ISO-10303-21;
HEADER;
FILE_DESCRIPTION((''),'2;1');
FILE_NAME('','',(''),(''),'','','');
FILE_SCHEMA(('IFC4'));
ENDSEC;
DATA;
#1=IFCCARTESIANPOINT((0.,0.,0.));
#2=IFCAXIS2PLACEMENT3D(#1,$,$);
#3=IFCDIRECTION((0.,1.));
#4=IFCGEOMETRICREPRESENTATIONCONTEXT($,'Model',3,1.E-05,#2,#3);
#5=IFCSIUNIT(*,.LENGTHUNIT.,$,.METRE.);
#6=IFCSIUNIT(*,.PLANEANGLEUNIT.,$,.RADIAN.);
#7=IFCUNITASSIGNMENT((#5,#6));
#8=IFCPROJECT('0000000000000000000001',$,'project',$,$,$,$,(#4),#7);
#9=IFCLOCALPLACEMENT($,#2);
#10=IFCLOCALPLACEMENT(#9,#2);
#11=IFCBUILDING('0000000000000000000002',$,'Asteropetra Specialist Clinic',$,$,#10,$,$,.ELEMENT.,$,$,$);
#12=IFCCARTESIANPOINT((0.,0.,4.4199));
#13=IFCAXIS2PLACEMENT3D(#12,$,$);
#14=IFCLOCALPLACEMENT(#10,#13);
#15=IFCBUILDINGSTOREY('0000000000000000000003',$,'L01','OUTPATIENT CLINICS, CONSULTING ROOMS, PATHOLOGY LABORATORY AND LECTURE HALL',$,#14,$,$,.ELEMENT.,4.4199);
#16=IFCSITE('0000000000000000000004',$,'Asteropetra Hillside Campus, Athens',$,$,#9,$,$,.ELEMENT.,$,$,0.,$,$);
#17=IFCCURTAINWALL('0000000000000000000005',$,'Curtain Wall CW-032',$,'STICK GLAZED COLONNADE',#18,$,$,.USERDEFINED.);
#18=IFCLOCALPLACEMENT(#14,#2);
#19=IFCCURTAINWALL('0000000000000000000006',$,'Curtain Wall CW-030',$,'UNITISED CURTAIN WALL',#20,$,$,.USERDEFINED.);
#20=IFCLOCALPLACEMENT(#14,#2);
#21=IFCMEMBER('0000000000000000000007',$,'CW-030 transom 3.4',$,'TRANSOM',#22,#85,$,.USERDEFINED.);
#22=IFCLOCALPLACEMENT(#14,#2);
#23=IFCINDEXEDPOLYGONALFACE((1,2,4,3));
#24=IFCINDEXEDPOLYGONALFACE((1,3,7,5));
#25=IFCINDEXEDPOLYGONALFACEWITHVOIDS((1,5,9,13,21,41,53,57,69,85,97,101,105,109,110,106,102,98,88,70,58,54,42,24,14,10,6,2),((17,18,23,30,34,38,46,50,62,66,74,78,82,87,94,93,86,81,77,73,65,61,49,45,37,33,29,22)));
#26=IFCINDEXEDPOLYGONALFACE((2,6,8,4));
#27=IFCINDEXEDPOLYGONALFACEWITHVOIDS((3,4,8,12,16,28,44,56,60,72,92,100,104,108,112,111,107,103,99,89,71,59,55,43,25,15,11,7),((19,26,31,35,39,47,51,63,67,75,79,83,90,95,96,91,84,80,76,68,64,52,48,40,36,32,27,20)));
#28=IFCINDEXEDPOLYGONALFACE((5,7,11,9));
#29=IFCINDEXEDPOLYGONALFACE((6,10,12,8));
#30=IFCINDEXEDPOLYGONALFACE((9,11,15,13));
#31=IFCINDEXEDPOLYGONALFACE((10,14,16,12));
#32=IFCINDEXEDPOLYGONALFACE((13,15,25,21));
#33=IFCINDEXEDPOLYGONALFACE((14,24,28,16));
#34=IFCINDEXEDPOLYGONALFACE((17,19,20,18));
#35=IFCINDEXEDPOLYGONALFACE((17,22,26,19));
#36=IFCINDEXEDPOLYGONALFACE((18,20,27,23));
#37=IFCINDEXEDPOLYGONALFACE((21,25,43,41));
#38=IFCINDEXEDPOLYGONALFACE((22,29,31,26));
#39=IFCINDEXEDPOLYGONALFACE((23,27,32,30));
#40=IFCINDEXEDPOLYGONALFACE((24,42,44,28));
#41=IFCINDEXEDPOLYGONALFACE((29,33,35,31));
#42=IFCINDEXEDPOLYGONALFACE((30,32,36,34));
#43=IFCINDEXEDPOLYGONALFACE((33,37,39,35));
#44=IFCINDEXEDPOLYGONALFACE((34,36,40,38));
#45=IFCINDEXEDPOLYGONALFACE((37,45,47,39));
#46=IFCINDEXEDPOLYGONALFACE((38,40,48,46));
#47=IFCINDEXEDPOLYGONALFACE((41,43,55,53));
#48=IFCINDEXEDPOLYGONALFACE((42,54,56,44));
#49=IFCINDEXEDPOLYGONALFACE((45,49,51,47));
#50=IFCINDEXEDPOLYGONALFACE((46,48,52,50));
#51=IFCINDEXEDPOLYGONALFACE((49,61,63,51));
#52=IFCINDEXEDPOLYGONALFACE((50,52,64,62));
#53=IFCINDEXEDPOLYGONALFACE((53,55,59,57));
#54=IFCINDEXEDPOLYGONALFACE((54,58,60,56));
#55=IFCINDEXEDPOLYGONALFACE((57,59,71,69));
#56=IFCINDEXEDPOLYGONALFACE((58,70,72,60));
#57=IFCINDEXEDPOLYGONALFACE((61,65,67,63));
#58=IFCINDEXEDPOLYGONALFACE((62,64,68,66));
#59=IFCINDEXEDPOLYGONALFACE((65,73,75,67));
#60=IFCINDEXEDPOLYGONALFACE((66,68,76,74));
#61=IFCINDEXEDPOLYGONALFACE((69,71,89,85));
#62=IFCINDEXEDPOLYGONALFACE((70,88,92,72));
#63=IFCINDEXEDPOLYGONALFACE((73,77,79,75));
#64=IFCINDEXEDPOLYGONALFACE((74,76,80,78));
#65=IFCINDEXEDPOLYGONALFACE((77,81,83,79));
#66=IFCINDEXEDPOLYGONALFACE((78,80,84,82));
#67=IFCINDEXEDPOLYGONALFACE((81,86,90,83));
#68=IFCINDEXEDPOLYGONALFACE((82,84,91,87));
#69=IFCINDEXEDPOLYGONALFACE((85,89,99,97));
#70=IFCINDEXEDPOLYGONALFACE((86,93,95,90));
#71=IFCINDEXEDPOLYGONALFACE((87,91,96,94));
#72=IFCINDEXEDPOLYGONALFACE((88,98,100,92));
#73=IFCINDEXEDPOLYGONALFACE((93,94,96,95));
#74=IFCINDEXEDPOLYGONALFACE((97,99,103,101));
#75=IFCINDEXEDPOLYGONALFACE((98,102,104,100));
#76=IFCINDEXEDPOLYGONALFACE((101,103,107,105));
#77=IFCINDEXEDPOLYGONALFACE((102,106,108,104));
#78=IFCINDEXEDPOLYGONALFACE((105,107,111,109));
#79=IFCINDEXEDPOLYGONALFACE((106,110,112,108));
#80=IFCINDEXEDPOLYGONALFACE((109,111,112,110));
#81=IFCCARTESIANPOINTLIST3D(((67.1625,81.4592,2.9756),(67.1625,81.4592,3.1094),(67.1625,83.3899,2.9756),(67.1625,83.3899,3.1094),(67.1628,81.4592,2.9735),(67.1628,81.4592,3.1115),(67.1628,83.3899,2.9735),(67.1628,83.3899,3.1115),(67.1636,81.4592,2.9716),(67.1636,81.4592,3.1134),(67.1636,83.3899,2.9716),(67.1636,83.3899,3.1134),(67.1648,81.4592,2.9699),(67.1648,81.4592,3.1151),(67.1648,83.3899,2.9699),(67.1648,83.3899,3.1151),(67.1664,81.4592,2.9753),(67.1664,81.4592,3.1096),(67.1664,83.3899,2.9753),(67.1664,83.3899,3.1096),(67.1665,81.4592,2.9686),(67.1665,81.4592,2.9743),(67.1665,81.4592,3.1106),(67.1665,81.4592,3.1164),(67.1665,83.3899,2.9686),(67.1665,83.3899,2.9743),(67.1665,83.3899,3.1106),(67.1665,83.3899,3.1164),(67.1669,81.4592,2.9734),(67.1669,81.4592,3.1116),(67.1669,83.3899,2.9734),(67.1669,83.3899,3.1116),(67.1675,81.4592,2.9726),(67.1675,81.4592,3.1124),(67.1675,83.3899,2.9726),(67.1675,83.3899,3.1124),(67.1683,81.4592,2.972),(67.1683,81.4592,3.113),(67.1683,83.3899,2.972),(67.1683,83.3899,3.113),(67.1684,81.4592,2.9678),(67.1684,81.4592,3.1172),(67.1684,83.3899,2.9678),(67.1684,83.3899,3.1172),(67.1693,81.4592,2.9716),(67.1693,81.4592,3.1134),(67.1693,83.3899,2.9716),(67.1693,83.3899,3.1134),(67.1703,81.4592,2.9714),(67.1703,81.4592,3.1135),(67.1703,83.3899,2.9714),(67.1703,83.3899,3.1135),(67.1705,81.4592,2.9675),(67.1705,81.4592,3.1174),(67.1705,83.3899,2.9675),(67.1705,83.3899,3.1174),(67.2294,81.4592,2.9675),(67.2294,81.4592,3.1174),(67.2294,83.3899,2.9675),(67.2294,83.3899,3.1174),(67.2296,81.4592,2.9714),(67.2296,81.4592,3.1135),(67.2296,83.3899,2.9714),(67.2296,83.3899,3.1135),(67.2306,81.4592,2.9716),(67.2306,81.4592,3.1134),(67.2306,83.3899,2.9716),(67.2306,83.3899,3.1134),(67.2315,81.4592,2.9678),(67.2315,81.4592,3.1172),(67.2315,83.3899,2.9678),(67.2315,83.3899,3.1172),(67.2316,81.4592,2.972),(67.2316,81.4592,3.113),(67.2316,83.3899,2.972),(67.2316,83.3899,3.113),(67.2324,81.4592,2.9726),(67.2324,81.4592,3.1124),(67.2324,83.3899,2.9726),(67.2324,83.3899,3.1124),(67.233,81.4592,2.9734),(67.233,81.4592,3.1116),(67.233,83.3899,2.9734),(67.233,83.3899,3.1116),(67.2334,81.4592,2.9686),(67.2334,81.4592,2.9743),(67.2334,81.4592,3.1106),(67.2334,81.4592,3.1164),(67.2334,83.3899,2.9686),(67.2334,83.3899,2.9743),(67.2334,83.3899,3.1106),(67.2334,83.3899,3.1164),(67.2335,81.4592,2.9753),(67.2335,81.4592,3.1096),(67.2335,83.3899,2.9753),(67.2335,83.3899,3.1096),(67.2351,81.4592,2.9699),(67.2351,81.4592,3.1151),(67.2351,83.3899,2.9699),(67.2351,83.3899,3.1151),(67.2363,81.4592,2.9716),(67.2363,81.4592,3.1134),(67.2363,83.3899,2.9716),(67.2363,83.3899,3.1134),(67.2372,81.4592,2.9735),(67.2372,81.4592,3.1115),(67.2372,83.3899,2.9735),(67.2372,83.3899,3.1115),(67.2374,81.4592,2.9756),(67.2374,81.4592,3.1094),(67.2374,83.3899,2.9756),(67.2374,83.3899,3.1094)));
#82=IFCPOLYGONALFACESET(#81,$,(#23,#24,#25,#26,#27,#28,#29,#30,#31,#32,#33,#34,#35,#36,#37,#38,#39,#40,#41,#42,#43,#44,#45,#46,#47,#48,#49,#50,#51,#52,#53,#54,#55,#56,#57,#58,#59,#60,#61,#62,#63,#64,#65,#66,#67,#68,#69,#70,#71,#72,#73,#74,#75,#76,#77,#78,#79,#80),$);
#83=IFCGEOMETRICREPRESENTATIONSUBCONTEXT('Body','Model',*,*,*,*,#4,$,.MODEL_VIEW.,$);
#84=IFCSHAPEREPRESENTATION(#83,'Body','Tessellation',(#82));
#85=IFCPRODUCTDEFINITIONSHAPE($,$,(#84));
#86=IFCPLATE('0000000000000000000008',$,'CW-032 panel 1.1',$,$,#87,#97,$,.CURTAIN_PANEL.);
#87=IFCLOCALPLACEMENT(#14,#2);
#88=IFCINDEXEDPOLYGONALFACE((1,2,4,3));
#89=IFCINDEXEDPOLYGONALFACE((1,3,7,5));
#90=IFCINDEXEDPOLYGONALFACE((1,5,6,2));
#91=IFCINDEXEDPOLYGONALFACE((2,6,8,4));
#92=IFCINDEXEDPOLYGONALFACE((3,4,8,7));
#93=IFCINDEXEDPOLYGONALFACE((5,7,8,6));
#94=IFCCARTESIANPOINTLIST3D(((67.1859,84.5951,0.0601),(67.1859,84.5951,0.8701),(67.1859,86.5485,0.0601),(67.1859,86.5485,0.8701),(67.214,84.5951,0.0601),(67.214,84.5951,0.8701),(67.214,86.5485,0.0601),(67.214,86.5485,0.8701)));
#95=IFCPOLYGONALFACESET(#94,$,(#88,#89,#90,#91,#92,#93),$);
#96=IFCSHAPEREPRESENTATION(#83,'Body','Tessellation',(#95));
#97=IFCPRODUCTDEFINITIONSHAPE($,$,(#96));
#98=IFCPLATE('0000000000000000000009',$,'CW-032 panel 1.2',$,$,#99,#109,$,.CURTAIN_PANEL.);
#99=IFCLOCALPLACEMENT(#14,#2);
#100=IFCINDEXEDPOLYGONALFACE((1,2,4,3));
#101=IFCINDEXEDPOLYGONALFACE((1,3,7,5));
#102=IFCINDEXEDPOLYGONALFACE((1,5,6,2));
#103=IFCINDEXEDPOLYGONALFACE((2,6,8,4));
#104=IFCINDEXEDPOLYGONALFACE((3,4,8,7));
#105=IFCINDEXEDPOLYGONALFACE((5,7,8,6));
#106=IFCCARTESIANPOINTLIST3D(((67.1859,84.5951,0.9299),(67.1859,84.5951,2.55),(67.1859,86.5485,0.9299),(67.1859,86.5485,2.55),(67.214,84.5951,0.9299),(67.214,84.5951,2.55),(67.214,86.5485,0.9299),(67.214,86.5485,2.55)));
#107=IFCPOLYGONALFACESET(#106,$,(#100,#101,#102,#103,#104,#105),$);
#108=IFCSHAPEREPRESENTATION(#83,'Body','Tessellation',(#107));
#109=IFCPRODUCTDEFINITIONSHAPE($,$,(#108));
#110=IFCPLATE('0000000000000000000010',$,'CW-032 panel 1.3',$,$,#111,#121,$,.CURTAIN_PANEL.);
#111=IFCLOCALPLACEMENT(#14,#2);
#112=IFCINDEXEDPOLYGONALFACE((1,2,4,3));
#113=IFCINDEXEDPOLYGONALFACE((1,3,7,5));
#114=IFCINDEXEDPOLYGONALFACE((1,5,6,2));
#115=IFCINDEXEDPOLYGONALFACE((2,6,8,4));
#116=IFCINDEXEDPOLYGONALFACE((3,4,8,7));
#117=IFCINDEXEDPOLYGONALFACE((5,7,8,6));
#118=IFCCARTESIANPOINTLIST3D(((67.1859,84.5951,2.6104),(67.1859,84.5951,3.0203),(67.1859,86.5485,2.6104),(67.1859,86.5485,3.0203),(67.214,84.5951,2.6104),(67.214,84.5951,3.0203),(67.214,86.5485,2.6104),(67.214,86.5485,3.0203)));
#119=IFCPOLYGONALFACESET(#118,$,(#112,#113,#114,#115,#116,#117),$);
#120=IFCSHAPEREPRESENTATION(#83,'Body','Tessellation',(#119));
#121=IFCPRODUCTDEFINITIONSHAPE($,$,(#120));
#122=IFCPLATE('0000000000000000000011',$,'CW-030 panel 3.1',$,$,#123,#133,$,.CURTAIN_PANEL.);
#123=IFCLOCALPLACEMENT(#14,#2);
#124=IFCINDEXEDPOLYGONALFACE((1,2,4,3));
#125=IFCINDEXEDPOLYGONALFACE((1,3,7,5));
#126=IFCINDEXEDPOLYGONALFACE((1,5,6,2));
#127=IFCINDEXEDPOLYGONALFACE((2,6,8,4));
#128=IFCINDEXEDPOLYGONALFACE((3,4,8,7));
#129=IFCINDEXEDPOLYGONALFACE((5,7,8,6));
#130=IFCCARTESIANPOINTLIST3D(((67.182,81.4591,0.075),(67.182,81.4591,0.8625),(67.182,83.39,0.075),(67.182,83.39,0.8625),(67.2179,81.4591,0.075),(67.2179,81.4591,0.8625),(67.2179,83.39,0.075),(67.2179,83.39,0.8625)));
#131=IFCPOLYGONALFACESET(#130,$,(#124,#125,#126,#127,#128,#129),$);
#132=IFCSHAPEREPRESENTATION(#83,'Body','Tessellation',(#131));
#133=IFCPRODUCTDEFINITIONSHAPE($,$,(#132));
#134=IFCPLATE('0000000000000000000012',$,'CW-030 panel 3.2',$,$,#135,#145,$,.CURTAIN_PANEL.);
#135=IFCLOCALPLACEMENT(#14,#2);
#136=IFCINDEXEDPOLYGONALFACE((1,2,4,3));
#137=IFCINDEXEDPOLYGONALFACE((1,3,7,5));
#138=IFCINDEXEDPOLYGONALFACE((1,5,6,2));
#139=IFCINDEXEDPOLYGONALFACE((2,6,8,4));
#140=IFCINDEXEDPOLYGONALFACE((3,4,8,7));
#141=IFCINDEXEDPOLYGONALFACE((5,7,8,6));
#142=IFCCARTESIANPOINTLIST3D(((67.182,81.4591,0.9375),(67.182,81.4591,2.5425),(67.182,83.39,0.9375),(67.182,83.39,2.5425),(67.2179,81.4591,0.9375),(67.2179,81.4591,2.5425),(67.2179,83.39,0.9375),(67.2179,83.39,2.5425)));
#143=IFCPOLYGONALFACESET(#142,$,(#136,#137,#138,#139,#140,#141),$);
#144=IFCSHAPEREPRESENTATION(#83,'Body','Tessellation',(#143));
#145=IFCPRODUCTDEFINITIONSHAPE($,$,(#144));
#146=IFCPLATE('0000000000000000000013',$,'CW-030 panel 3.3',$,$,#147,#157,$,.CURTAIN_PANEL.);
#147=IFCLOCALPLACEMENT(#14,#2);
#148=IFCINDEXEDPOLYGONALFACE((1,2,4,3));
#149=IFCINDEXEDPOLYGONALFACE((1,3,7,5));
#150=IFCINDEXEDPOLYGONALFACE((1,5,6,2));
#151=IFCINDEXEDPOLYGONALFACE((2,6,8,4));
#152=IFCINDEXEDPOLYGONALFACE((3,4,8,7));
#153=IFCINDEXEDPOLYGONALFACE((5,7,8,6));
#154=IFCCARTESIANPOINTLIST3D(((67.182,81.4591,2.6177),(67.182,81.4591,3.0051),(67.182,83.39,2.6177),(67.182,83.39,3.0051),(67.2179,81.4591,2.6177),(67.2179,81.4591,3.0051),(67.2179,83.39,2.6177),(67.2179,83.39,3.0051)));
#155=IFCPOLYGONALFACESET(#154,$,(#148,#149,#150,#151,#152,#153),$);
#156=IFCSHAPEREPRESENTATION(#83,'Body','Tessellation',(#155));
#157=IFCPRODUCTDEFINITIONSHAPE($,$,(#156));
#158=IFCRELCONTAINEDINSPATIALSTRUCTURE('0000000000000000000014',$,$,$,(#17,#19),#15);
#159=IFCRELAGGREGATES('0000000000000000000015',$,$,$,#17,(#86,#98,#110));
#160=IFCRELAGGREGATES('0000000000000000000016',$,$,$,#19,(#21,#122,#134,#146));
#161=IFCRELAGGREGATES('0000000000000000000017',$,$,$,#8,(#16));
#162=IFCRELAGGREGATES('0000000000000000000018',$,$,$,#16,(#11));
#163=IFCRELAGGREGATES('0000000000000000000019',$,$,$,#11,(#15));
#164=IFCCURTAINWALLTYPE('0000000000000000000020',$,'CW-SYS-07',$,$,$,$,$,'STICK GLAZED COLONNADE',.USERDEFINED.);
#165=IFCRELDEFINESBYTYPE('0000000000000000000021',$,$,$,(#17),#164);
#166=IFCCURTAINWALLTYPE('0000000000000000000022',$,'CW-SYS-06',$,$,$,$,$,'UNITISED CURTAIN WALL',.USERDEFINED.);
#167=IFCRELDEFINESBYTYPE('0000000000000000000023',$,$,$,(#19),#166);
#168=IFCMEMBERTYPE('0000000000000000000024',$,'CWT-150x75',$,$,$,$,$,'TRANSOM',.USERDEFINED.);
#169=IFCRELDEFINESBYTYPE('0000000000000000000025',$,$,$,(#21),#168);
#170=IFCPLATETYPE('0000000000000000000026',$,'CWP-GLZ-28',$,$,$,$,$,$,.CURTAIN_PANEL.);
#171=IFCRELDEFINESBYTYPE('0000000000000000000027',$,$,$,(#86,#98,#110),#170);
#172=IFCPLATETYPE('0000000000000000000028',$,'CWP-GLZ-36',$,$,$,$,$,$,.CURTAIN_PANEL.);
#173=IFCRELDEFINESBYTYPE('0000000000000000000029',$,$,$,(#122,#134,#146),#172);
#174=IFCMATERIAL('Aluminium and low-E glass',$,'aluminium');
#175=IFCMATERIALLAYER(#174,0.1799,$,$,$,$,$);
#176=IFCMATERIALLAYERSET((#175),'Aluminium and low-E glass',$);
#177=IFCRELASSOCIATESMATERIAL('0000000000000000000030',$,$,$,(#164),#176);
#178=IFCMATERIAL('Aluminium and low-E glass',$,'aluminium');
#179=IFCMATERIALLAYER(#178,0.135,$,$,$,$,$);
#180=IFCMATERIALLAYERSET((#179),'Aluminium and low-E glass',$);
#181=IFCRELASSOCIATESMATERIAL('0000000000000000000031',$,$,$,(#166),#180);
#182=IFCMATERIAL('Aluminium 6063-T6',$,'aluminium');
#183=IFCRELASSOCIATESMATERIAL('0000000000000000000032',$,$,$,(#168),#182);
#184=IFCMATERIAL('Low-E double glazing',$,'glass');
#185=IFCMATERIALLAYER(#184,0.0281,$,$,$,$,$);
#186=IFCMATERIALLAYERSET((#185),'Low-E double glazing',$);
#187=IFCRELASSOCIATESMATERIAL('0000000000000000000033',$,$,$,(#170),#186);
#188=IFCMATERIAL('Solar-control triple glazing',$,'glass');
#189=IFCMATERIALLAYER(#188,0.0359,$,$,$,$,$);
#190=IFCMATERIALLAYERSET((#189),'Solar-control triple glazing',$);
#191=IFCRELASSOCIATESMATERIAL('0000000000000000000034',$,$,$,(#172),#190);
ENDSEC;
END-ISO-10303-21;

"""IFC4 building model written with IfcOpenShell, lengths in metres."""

from ifc_helpers import new_model, si_unit, direction, frame, origin, origin_2d, place, context, subcontext, project, spatial, rectangle, hollow_rectangle, extrude, material, layer, layer_set, material_profile, profile_set, type_object, element, aggregate, save


model = new_model("IFC4")

# Units and contexts
model_context = context("Model", 3, precision=1e-05, world=origin(), true_north=direction((0.0, 1.0)))
body_context = subcontext(model_context, "Body", "Model", "MODEL_VIEW")
ifc_project = project(units=[si_unit("LENGTHUNIT", "METRE"), si_unit("PLANEANGLEUNIT", "RADIAN")], contexts=[model_context])

# Site, building, storey
site_placement = place(None, origin())
site = spatial("IfcSite", under=ifc_project, at=site_placement, Name="Asteropetra Hillside Campus, Athens", CompositionType="ELEMENT", RefElevation=0.0)
building_placement = place(site_placement, origin())
building = spatial("IfcBuilding", under=site, at=building_placement, Name="Asteropetra Specialist Clinic", CompositionType="ELEMENT")
storey_placement = place(building_placement, frame((0.0, 0.0, 4.4199)))
storey = spatial("IfcBuildingStorey", under=building, at=storey_placement, Name="L01", Description="OUTPATIENT CLINICS, CONSULTING ROOMS, PATHOLOGY LABORATORY AND LECTURE HALL", CompositionType="ELEMENT", Elevation=4.4199)

# Curtain wall
ifc_material_1 = material(Name="Aluminium and low-E glass", Category="aluminium")
ifc_layer_1 = layer(ifc_material_1, 0.1799)
ifc_layer_set_1 = layer_set([ifc_layer_1], Name="Aluminium and low-E glass")
curtain_wall_type_1 = type_object("IfcCurtainWallType", Name="CW-SYS-07", ElementType="STICK GLAZED COLONNADE", PredefinedType="USERDEFINED", material=ifc_layer_set_1)
curtain_wall_1_placement = place(storey_placement, origin())
curtain_wall_1 = element("IfcCurtainWall", 1, at=curtain_wall_1_placement, inside=storey, type_object=curtain_wall_type_1, Name="Curtain Wall CW-032", ObjectType="STICK GLAZED COLONNADE", PredefinedType="USERDEFINED")

# Curtain wall
ifc_material_2 = material(Name="Aluminium and low-E glass", Category="aluminium")
ifc_layer_2 = layer(ifc_material_2, 0.135)
ifc_layer_set_2 = layer_set([ifc_layer_2], Name="Aluminium and low-E glass")
curtain_wall_type_2 = type_object("IfcCurtainWallType", Name="CW-SYS-06", ElementType="UNITISED CURTAIN WALL", PredefinedType="USERDEFINED", material=ifc_layer_set_2)
curtain_wall_2_placement = place(storey_placement, origin())
curtain_wall_2 = element("IfcCurtainWall", 2, at=curtain_wall_2_placement, inside=storey, type_object=curtain_wall_type_2, Name="Curtain Wall CW-030", ObjectType="UNITISED CURTAIN WALL", PredefinedType="USERDEFINED")

# Member
ifc_material_3 = material(Name="Aluminium 6063-T6", Category="aluminium")
ifc_material_profile_1 = material_profile(ifc_material_3, hollow_rectangle(XDim=0.075, YDim=0.1499, WallThickness=0.0039, InnerFilletRadius=0.0039, OuterFilletRadius=0.0081, at=origin_2d()), Name="TRN 150x75x4.0")
ifc_profile_set_1 = profile_set([ifc_material_profile_1], Name="Aluminium 6063-T6")
member_type_1 = type_object("IfcMemberType", Name="CWT-150x75", ElementType="TRANSOM", PredefinedType="USERDEFINED", material=ifc_profile_set_1)
member_1_placement = place(storey_placement, frame((67.2, 81.4592, 3.0425), z_axis=(0.0, 1.0, 0.0), x_axis=(-1.0, 0.0, 0.0)))
member_1 = element("IfcMember", 3, at=member_1_placement, type_object=member_type_1, Name="CW-030 transom 3.4", ObjectType="TRANSOM", PredefinedType="USERDEFINED", context=body_context, shape_type="SweptSolid", body=[
    extrude(hollow_rectangle(XDim=0.075, YDim=0.1499, WallThickness=0.0039, InnerFilletRadius=0.0039, OuterFilletRadius=0.0081, at=origin_2d()), origin(), (0.0, 0.0, 1.0), 1.9307),
])

# Plates
ifc_material_4 = material(Name="Low-E double glazing", Category="glass")
ifc_layer_3 = layer(ifc_material_4, 0.0281)
ifc_layer_set_3 = layer_set([ifc_layer_3], Name="Low-E double glazing")
plate_type_1 = type_object("IfcPlateType", Name="CWP-GLZ-28", PredefinedType="CURTAIN_PANEL", material=ifc_layer_set_3)
plate_1_placement = place(storey_placement, frame((67.2, 85.5718, 0.0601), z_axis=(0.0, 0.0, 1.0), x_axis=(0.0, 1.0, 0.0)))
plate_1 = element("IfcPlate", 4, at=plate_1_placement, type_object=plate_type_1, Name="CW-032 panel 1.1", PredefinedType="CURTAIN_PANEL", context=body_context, shape_type="SweptSolid", body=[
    extrude(rectangle(XDim=1.9534, YDim=0.0281, at=origin_2d()), origin(), (0.0, 0.0, 1.0), 0.8101),
])
plate_2_placement = place(storey_placement, frame((67.2, 85.5718, 0.9299), z_axis=(0.0, 0.0, 1.0), x_axis=(0.0, 1.0, 0.0)))
plate_2 = element("IfcPlate", 5, at=plate_2_placement, type_object=plate_type_1, Name="CW-032 panel 1.2", PredefinedType="CURTAIN_PANEL", context=body_context, shape_type="SweptSolid", body=[
    extrude(rectangle(XDim=1.9534, YDim=0.0281, at=origin_2d()), origin(), (0.0, 0.0, 1.0), 1.6201),
])
plate_3_placement = place(storey_placement, frame((67.2, 85.5718, 2.6104), z_axis=(0.0, 0.0, 1.0), x_axis=(0.0, 1.0, 0.0)))
plate_3 = element("IfcPlate", 6, at=plate_3_placement, type_object=plate_type_1, Name="CW-032 panel 1.3", PredefinedType="CURTAIN_PANEL", context=body_context, shape_type="SweptSolid", body=[
    extrude(rectangle(XDim=1.9534, YDim=0.0281, at=origin_2d()), origin(), (0.0, 0.0, 1.0), 0.4099),
])
aggregate(curtain_wall_1, [plate_1, plate_2, plate_3])
ifc_material_5 = material(Name="Solar-control triple glazing", Category="glass")
ifc_layer_4 = layer(ifc_material_5, 0.0359)
ifc_layer_set_4 = layer_set([ifc_layer_4], Name="Solar-control triple glazing")
plate_type_2 = type_object("IfcPlateType", Name="CWP-GLZ-36", PredefinedType="CURTAIN_PANEL", material=ifc_layer_set_4)
plate_4_placement = place(storey_placement, frame((67.2, 82.4246, 0.075), z_axis=(0.0, 0.0, 1.0), x_axis=(0.0, 1.0, 0.0)))
plate_4 = element("IfcPlate", 7, at=plate_4_placement, type_object=plate_type_2, Name="CW-030 panel 3.1", PredefinedType="CURTAIN_PANEL", context=body_context, shape_type="SweptSolid", body=[
    extrude(rectangle(XDim=1.9309, YDim=0.0359, at=origin_2d()), origin(), (0.0, 0.0, 1.0), 0.7876),
])
plate_5_placement = place(storey_placement, frame((67.2, 82.4246, 0.9375), z_axis=(0.0, 0.0, 1.0), x_axis=(0.0, 1.0, 0.0)))
plate_5 = element("IfcPlate", 8, at=plate_5_placement, type_object=plate_type_2, Name="CW-030 panel 3.2", PredefinedType="CURTAIN_PANEL", context=body_context, shape_type="SweptSolid", body=[
    extrude(rectangle(XDim=1.9309, YDim=0.0359, at=origin_2d()), origin(), (0.0, 0.0, 1.0), 1.605),
])
plate_6_placement = place(storey_placement, frame((67.2, 82.4246, 2.6177), z_axis=(0.0, 0.0, 1.0), x_axis=(0.0, 1.0, 0.0)))
plate_6 = element("IfcPlate", 9, at=plate_6_placement, type_object=plate_type_2, Name="CW-030 panel 3.3", PredefinedType="CURTAIN_PANEL", context=body_context, shape_type="SweptSolid", body=[
    extrude(rectangle(XDim=1.9309, YDim=0.0359, at=origin_2d()), origin(), (0.0, 0.0, 1.0), 0.3875),
])
aggregate(curtain_wall_2, [member_1, plate_4, plate_5, plate_6])

save(model, "model.ifc")
